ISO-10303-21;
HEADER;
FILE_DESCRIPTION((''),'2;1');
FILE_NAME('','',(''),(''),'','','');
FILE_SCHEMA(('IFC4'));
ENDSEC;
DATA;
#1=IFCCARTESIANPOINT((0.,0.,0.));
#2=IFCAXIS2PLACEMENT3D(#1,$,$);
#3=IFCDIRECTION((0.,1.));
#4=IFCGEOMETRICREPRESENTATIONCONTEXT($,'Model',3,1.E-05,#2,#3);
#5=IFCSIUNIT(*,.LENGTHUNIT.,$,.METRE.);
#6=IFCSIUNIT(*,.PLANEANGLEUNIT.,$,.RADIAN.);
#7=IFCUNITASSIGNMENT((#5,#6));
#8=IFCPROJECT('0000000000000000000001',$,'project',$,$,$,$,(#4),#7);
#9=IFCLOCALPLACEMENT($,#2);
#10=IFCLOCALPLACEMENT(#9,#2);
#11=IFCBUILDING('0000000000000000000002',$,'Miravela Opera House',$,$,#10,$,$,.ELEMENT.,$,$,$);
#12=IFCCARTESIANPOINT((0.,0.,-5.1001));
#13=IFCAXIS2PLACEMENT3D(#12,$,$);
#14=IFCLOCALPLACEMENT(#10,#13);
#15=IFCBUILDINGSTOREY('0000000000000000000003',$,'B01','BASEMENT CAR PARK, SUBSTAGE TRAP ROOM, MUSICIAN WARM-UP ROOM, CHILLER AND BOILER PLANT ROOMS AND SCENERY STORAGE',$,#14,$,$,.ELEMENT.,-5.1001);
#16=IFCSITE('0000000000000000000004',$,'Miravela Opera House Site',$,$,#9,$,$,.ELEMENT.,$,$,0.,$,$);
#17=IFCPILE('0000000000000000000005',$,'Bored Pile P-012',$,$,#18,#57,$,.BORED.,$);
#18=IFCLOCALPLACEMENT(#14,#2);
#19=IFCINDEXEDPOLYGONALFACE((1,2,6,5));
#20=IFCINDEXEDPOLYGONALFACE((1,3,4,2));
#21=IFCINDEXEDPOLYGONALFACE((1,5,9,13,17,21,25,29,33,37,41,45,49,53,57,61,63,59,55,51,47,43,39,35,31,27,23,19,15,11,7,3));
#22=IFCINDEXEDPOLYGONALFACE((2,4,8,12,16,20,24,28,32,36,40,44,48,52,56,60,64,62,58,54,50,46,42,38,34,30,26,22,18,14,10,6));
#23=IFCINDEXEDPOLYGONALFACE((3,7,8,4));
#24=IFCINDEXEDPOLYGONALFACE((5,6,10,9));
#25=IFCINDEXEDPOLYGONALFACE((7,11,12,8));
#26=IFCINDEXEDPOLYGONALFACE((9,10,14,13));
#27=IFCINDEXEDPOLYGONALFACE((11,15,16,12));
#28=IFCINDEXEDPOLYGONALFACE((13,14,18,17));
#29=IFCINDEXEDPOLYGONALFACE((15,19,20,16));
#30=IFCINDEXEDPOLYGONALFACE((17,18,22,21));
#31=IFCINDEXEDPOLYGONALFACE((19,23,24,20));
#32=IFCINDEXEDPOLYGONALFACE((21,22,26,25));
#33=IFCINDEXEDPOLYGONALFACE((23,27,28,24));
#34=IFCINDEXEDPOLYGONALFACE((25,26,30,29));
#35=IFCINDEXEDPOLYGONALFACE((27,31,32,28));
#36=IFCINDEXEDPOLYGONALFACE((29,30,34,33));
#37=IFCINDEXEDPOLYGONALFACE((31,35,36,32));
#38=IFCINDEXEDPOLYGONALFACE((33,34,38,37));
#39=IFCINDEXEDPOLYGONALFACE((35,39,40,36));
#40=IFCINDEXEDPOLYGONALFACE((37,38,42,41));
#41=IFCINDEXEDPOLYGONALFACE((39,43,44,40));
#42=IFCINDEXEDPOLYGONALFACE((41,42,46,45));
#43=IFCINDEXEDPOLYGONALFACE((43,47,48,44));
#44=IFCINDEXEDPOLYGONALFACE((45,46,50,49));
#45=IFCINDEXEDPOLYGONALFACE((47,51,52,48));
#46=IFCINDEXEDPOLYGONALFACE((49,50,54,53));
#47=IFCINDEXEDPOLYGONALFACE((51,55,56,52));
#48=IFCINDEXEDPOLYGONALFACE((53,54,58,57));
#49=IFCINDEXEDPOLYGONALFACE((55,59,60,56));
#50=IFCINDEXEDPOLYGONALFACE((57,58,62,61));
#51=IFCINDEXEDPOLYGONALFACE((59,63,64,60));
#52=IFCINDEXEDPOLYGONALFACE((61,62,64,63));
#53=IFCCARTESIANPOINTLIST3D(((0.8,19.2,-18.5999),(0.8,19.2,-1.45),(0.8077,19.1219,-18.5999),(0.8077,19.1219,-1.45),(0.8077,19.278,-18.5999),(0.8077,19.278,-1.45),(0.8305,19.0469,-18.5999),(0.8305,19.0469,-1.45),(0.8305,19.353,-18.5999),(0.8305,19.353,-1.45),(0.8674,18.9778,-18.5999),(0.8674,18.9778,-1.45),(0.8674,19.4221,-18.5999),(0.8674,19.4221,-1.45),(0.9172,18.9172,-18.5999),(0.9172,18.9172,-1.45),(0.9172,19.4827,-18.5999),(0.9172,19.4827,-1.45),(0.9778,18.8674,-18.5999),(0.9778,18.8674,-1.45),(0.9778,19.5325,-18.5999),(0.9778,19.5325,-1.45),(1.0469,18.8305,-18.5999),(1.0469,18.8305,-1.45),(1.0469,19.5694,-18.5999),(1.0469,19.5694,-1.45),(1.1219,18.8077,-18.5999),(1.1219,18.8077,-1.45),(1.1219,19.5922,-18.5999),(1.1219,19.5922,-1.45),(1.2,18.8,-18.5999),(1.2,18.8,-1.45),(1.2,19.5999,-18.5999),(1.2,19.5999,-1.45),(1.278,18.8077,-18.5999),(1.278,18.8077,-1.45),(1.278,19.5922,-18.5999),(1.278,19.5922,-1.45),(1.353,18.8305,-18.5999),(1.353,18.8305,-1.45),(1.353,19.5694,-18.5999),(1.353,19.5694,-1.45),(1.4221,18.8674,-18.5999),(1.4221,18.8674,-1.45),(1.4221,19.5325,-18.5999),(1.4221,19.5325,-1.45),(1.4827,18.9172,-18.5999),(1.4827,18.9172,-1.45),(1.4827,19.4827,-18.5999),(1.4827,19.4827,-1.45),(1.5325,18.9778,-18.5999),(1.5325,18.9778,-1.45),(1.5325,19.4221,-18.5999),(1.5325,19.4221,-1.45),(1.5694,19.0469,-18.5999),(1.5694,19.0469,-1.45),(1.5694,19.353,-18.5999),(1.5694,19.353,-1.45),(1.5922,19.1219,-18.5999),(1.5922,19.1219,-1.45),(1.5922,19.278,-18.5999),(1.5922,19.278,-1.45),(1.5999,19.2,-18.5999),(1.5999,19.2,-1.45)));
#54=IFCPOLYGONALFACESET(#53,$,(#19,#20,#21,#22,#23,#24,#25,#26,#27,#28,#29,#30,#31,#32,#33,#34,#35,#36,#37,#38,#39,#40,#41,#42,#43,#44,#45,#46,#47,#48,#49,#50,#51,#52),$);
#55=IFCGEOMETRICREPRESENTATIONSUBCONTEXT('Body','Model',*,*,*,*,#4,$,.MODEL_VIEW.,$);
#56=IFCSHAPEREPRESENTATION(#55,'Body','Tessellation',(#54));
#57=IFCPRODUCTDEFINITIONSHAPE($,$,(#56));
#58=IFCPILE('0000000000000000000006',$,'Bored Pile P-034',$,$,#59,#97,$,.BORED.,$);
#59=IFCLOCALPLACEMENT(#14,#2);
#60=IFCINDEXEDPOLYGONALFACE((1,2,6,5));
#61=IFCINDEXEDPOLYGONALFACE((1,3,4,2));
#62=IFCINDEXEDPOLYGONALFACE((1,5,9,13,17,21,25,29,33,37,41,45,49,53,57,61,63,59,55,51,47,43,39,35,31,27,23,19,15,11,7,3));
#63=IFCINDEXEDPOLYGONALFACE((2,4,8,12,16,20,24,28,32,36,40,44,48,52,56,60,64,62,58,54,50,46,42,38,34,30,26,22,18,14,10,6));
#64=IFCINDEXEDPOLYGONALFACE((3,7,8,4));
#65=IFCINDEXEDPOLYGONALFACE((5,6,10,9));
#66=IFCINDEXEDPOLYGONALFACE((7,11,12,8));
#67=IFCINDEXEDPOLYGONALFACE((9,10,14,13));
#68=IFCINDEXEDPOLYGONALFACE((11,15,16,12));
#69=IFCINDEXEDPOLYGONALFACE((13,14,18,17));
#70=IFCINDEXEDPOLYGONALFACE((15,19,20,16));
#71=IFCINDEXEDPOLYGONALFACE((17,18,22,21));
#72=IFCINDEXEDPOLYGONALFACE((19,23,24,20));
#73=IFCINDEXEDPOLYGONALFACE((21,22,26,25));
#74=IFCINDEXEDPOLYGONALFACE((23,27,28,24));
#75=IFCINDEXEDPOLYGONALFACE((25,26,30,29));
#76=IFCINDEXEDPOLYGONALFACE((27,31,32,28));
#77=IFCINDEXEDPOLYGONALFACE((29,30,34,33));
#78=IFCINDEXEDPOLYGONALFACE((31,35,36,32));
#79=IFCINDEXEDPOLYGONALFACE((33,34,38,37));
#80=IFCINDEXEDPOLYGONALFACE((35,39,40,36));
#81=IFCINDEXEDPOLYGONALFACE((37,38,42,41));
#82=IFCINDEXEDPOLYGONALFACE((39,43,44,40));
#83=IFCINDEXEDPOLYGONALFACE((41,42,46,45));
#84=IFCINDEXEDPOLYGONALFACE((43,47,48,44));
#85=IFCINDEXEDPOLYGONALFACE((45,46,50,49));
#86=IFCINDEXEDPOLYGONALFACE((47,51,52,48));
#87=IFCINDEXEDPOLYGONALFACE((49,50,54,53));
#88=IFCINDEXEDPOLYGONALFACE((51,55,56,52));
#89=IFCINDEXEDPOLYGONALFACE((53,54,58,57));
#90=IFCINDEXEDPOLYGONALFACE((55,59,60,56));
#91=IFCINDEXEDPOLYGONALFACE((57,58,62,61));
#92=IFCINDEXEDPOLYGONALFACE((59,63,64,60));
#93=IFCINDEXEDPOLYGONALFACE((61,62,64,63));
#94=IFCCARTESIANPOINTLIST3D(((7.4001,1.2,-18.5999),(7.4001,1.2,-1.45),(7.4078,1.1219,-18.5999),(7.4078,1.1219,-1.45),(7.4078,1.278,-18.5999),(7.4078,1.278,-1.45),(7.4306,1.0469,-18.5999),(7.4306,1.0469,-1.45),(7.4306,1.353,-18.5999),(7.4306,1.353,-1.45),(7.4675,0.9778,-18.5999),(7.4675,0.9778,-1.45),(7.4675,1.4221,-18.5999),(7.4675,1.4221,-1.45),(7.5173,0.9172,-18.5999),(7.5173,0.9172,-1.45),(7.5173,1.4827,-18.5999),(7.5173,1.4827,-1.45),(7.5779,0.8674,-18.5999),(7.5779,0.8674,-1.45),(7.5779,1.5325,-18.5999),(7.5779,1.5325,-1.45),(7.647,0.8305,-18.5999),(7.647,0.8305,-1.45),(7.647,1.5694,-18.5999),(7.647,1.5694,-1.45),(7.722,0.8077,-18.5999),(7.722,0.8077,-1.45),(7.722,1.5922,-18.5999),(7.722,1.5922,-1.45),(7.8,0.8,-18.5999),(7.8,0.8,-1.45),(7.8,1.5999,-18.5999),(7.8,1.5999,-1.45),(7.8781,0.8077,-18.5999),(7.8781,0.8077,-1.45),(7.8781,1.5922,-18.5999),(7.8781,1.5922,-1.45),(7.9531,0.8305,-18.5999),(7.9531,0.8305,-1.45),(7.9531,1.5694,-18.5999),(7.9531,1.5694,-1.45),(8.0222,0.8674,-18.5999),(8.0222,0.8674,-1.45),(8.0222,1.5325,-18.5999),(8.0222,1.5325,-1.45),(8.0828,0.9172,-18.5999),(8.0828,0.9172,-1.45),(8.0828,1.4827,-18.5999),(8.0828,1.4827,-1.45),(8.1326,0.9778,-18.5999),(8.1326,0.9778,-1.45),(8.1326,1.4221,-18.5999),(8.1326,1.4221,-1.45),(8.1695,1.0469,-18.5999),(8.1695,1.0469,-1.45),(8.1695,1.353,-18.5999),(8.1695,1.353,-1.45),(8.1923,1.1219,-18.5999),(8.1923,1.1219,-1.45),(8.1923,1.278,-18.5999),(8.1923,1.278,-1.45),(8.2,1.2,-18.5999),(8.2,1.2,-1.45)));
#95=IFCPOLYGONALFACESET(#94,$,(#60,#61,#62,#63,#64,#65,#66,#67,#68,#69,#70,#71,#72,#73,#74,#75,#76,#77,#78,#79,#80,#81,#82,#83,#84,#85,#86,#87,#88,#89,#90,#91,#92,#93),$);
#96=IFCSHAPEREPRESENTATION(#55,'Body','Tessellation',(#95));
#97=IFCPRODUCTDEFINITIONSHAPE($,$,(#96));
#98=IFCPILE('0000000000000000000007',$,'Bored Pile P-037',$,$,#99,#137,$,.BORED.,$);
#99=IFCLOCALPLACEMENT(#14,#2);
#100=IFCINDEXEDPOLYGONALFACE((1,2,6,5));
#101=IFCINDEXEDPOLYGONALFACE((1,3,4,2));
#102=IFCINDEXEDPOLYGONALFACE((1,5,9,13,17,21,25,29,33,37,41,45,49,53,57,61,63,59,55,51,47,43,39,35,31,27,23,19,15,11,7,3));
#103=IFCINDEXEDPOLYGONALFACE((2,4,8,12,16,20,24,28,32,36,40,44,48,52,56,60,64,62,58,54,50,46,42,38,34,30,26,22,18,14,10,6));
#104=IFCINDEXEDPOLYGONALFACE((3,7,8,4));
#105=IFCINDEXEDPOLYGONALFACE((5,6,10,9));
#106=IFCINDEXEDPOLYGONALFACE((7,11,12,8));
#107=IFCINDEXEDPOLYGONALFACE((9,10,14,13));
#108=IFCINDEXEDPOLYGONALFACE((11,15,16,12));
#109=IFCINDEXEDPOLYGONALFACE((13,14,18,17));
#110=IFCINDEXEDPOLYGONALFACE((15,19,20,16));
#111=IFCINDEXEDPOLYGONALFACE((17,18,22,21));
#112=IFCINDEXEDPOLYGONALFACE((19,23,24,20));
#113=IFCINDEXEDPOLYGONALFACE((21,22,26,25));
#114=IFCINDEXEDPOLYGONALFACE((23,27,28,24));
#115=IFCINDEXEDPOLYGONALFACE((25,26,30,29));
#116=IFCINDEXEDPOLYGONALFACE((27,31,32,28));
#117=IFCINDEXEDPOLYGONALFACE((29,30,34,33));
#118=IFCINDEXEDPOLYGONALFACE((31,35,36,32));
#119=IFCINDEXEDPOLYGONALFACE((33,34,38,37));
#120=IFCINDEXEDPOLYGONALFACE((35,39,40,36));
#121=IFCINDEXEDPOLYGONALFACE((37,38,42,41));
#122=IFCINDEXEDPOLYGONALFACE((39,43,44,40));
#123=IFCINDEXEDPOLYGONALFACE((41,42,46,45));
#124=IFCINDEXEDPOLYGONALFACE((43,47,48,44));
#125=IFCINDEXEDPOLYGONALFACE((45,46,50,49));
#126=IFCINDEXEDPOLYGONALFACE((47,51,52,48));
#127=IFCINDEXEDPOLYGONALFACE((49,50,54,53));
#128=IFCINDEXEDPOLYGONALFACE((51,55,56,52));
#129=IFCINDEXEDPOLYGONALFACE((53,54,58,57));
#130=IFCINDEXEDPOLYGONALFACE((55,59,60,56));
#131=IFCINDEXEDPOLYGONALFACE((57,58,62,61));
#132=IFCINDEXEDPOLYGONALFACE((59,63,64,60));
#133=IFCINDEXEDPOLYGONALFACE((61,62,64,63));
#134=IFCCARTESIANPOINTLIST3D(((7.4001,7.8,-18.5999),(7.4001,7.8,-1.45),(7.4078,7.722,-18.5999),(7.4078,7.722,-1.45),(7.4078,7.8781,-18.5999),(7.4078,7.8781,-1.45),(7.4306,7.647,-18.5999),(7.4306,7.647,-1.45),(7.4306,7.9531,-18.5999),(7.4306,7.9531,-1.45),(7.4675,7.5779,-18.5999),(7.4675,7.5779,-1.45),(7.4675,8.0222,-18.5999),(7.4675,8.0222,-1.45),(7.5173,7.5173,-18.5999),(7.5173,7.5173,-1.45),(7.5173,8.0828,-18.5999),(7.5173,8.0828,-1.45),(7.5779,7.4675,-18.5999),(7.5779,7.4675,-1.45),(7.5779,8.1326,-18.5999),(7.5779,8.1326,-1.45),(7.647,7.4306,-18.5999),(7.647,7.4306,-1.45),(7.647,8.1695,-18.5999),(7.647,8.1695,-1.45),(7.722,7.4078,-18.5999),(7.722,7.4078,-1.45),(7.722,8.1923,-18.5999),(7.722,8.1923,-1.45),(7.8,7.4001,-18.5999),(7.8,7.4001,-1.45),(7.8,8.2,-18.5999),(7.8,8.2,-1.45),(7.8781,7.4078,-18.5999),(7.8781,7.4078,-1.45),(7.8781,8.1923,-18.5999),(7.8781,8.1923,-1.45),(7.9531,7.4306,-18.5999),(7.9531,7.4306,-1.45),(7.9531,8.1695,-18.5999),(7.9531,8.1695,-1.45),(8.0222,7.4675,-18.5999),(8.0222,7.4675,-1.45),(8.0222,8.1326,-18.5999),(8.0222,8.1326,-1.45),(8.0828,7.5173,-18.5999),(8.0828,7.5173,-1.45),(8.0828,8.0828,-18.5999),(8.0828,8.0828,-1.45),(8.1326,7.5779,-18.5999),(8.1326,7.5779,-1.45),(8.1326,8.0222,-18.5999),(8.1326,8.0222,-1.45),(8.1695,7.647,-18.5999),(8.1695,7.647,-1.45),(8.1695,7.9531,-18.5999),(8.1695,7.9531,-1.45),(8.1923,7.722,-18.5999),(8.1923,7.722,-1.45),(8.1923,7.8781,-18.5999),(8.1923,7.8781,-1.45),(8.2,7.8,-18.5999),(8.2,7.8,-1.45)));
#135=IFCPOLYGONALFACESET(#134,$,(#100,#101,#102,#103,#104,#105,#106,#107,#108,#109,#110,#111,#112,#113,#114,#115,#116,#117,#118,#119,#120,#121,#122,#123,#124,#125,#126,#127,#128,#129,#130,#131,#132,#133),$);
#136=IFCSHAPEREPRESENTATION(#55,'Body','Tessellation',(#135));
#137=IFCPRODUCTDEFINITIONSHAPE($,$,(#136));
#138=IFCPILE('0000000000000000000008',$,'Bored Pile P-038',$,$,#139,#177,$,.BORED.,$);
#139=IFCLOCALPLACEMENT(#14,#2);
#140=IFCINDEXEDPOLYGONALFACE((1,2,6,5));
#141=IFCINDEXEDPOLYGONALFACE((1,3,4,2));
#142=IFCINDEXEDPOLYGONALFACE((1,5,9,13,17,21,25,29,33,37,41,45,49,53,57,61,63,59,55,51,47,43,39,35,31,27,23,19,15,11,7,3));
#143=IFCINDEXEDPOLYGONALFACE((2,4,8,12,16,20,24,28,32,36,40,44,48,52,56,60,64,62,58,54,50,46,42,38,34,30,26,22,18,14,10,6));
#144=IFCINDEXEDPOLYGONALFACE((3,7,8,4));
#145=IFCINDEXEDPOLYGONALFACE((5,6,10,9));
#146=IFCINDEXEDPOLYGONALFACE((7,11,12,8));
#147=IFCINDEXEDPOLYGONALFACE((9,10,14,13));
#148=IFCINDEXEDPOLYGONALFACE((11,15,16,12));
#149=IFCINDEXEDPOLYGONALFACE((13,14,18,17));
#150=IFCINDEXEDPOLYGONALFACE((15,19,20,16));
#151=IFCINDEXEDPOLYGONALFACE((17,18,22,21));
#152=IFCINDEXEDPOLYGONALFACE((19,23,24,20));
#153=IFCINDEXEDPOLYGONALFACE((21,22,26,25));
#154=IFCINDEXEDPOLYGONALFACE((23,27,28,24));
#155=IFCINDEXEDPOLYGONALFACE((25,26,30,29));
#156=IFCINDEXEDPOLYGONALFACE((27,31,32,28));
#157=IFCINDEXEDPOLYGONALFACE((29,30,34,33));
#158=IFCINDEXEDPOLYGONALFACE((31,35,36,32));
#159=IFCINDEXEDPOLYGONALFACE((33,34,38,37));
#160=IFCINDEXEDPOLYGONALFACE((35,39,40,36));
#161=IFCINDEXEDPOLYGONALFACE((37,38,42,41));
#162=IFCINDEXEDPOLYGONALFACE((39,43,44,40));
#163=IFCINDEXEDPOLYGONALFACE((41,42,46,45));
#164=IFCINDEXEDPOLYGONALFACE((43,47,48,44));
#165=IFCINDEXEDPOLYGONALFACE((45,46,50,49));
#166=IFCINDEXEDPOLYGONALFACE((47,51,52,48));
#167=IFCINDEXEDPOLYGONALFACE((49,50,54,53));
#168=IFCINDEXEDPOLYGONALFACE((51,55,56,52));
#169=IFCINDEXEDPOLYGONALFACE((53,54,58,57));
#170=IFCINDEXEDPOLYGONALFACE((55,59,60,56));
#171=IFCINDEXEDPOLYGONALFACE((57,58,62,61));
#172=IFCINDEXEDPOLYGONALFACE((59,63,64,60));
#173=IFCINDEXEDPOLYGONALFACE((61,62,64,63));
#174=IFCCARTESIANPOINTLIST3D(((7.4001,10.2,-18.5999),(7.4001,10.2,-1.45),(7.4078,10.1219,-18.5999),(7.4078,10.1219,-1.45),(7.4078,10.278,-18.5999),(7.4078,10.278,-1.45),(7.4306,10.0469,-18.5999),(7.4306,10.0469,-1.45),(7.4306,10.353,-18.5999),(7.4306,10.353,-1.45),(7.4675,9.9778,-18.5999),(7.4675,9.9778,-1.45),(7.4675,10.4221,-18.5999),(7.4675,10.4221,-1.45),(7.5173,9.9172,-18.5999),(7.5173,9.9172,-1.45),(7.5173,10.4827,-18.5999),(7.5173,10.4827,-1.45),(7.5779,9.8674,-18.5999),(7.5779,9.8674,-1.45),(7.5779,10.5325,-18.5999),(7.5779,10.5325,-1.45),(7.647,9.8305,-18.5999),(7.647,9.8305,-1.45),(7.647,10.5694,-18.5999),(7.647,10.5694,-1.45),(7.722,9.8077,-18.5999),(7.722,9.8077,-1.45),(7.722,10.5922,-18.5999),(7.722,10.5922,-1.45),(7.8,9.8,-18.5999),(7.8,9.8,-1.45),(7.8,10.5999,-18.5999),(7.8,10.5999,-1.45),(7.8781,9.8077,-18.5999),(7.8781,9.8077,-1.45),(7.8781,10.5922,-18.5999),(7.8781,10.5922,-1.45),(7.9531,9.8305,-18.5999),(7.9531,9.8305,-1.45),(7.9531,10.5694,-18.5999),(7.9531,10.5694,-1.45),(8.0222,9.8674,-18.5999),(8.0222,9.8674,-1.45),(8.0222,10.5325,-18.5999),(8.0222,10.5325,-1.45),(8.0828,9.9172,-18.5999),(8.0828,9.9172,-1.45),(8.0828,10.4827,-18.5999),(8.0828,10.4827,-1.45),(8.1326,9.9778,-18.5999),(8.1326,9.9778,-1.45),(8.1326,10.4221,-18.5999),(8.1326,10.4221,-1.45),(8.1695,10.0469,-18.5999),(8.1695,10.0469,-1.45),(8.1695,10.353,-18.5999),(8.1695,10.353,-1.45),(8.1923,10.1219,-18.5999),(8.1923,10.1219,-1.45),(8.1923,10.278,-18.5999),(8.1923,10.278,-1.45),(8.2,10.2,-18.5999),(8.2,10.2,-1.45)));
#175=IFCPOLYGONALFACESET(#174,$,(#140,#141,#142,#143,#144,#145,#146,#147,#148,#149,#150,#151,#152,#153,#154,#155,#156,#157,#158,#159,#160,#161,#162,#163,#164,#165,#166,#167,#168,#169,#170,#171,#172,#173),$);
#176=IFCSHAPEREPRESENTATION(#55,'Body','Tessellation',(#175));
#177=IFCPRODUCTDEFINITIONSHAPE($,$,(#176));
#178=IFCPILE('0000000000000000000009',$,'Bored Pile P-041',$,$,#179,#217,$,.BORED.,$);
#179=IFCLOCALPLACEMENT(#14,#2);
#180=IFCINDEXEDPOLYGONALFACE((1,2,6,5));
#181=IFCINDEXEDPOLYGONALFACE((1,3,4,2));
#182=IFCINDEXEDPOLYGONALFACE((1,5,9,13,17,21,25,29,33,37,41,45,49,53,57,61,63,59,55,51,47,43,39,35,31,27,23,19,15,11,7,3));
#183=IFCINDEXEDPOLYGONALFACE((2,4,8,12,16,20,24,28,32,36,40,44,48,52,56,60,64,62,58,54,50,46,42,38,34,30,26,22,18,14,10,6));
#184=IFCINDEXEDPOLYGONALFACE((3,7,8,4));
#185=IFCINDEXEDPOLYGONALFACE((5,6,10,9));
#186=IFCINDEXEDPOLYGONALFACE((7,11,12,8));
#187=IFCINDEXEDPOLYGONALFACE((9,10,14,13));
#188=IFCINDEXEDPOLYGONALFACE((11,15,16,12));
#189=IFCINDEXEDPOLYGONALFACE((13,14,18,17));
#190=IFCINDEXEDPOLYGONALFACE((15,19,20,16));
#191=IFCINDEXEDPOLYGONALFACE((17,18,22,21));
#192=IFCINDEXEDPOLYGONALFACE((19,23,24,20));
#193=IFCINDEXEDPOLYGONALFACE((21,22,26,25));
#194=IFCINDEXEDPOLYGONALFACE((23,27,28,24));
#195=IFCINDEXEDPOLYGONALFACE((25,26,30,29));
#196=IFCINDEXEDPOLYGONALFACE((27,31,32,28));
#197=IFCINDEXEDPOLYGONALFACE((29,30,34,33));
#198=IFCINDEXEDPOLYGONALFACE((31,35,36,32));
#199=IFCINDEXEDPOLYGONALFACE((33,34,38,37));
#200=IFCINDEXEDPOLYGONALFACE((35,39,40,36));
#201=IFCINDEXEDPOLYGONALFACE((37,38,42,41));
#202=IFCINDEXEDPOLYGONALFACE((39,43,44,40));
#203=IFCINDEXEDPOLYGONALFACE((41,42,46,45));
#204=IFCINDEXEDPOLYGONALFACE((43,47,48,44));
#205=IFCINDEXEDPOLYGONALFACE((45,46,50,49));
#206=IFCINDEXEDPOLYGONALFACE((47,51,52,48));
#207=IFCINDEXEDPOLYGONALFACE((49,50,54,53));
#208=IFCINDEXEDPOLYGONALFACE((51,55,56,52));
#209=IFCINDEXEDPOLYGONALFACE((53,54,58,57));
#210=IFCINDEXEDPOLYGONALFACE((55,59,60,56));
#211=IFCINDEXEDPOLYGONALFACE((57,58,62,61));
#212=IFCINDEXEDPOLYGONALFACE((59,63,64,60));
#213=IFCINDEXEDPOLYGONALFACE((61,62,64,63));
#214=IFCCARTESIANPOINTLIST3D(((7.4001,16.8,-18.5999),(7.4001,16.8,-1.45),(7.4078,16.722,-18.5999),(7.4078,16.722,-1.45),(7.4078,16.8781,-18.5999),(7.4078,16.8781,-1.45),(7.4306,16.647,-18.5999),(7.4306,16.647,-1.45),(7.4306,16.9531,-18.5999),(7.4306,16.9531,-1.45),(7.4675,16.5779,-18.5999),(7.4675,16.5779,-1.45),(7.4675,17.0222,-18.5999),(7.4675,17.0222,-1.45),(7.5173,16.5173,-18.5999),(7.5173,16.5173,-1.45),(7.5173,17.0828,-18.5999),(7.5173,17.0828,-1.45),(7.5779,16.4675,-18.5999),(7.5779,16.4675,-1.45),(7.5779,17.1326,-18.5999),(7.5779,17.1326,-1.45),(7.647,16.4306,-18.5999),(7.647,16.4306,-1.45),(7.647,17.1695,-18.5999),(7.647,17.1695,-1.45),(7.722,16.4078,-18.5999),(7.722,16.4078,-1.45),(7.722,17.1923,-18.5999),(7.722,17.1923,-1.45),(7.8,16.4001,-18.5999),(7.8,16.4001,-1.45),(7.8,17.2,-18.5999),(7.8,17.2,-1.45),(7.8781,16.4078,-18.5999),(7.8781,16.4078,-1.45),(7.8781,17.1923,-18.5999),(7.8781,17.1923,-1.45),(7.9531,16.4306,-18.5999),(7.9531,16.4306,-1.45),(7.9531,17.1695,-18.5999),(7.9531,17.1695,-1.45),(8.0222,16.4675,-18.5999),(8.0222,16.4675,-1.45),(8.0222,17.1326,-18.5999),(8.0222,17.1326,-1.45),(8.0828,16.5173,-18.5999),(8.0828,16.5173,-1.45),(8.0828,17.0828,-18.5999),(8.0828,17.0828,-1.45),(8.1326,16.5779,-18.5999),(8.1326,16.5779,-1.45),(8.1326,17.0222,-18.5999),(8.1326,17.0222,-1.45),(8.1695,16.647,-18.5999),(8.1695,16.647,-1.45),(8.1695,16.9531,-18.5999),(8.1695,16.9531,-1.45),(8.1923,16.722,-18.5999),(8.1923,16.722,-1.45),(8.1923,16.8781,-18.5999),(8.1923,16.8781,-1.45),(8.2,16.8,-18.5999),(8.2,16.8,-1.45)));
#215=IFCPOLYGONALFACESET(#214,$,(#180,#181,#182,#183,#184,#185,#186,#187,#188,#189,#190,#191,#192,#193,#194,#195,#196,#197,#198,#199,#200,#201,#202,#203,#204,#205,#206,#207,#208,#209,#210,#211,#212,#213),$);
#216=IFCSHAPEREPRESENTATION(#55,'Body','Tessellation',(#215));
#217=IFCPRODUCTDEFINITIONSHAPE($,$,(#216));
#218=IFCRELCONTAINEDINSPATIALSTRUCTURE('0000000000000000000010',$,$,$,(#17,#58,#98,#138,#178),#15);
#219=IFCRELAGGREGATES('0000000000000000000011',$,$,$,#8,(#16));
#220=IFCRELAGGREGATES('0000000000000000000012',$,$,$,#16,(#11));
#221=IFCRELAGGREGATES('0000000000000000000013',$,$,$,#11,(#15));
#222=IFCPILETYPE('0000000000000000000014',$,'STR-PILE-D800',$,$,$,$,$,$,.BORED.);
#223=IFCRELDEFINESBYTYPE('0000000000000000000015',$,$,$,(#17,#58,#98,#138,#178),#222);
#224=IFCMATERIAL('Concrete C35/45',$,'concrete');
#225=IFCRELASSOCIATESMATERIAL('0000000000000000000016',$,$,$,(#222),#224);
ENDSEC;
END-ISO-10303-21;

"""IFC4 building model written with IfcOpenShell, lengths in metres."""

from ifc_helpers import new_model, si_unit, direction, frame, origin, origin_2d, place, context, subcontext, project, spatial, circle, extrude, material, material_profile, profile_set, type_object, element, save


model = new_model("IFC4")

# Units and contexts
model_context = context("Model", 3, precision=1e-05, world=origin(), true_north=direction((0.0, 1.0)))
body_context = subcontext(model_context, "Body", "Model", "MODEL_VIEW")
ifc_project = project(units=[si_unit("LENGTHUNIT", "METRE"), si_unit("PLANEANGLEUNIT", "RADIAN")], contexts=[model_context])

# Site, building, storey
site_placement = place(None, origin())
site = spatial("IfcSite", under=ifc_project, at=site_placement, Name="Miravela Opera House Site", CompositionType="ELEMENT", RefElevation=0.0)
building_placement = place(site_placement, origin())
building = spatial("IfcBuilding", under=site, at=building_placement, Name="Miravela Opera House", CompositionType="ELEMENT")
storey_placement = place(building_placement, frame((0.0, 0.0, -5.1001)))
storey = spatial("IfcBuildingStorey", under=building, at=storey_placement, Name="B01", Description="BASEMENT CAR PARK, SUBSTAGE TRAP ROOM, MUSICIAN WARM-UP ROOM, CHILLER AND BOILER PLANT ROOMS AND SCENERY STORAGE", CompositionType="ELEMENT", Elevation=-5.1001)

# Shared definitions
ifc_material_1 = material(Name="Concrete C35/45", Category="concrete")

# Piles
ifc_material_profile_1 = material_profile(ifc_material_1, circle(Radius=0.3999, at=origin_2d()), Name="PILE-D800")
ifc_profile_set_1 = profile_set([ifc_material_profile_1])
pile_type = type_object("IfcPileType", Name="STR-PILE-D800", PredefinedType="BORED", material=ifc_profile_set_1)
for number, where, z_axis, x_axis, name in (
    (1, (1.2, 19.2, -1.45), (0.0, 0.0, -1.0), (1.0, 0.0, 0.0), "Bored Pile P-012"),
    (2, (7.8, 1.2, -1.45), (0.0, 0.0, -1.0), (1.0, 0.0, 0.0), "Bored Pile P-034"),
    (3, (7.8, 7.8, -1.45), (0.0, 0.0, -1.0), (1.0, 0.0, 0.0), "Bored Pile P-037"),
    (4, (7.8, 10.2, -1.45), (0.0, 0.0, -1.0), (1.0, 0.0, 0.0), "Bored Pile P-038"),
    (5, (7.8, 16.8, -1.45), (0.0, 0.0, -1.0), (1.0, 0.0, 0.0), "Bored Pile P-041"),
):
    element("IfcPile", number, at=place(storey_placement, frame(where, z_axis=z_axis, x_axis=x_axis)), inside=storey, type_object=pile_type, Name=name, PredefinedType="BORED", context=body_context, shape_type="SweptSolid", body=[
        extrude(circle(Radius=0.3999, at=origin_2d()), origin(), (0.0, 0.0, 1.0), 17.1499),
    ])

save(model, "model.ifc")
